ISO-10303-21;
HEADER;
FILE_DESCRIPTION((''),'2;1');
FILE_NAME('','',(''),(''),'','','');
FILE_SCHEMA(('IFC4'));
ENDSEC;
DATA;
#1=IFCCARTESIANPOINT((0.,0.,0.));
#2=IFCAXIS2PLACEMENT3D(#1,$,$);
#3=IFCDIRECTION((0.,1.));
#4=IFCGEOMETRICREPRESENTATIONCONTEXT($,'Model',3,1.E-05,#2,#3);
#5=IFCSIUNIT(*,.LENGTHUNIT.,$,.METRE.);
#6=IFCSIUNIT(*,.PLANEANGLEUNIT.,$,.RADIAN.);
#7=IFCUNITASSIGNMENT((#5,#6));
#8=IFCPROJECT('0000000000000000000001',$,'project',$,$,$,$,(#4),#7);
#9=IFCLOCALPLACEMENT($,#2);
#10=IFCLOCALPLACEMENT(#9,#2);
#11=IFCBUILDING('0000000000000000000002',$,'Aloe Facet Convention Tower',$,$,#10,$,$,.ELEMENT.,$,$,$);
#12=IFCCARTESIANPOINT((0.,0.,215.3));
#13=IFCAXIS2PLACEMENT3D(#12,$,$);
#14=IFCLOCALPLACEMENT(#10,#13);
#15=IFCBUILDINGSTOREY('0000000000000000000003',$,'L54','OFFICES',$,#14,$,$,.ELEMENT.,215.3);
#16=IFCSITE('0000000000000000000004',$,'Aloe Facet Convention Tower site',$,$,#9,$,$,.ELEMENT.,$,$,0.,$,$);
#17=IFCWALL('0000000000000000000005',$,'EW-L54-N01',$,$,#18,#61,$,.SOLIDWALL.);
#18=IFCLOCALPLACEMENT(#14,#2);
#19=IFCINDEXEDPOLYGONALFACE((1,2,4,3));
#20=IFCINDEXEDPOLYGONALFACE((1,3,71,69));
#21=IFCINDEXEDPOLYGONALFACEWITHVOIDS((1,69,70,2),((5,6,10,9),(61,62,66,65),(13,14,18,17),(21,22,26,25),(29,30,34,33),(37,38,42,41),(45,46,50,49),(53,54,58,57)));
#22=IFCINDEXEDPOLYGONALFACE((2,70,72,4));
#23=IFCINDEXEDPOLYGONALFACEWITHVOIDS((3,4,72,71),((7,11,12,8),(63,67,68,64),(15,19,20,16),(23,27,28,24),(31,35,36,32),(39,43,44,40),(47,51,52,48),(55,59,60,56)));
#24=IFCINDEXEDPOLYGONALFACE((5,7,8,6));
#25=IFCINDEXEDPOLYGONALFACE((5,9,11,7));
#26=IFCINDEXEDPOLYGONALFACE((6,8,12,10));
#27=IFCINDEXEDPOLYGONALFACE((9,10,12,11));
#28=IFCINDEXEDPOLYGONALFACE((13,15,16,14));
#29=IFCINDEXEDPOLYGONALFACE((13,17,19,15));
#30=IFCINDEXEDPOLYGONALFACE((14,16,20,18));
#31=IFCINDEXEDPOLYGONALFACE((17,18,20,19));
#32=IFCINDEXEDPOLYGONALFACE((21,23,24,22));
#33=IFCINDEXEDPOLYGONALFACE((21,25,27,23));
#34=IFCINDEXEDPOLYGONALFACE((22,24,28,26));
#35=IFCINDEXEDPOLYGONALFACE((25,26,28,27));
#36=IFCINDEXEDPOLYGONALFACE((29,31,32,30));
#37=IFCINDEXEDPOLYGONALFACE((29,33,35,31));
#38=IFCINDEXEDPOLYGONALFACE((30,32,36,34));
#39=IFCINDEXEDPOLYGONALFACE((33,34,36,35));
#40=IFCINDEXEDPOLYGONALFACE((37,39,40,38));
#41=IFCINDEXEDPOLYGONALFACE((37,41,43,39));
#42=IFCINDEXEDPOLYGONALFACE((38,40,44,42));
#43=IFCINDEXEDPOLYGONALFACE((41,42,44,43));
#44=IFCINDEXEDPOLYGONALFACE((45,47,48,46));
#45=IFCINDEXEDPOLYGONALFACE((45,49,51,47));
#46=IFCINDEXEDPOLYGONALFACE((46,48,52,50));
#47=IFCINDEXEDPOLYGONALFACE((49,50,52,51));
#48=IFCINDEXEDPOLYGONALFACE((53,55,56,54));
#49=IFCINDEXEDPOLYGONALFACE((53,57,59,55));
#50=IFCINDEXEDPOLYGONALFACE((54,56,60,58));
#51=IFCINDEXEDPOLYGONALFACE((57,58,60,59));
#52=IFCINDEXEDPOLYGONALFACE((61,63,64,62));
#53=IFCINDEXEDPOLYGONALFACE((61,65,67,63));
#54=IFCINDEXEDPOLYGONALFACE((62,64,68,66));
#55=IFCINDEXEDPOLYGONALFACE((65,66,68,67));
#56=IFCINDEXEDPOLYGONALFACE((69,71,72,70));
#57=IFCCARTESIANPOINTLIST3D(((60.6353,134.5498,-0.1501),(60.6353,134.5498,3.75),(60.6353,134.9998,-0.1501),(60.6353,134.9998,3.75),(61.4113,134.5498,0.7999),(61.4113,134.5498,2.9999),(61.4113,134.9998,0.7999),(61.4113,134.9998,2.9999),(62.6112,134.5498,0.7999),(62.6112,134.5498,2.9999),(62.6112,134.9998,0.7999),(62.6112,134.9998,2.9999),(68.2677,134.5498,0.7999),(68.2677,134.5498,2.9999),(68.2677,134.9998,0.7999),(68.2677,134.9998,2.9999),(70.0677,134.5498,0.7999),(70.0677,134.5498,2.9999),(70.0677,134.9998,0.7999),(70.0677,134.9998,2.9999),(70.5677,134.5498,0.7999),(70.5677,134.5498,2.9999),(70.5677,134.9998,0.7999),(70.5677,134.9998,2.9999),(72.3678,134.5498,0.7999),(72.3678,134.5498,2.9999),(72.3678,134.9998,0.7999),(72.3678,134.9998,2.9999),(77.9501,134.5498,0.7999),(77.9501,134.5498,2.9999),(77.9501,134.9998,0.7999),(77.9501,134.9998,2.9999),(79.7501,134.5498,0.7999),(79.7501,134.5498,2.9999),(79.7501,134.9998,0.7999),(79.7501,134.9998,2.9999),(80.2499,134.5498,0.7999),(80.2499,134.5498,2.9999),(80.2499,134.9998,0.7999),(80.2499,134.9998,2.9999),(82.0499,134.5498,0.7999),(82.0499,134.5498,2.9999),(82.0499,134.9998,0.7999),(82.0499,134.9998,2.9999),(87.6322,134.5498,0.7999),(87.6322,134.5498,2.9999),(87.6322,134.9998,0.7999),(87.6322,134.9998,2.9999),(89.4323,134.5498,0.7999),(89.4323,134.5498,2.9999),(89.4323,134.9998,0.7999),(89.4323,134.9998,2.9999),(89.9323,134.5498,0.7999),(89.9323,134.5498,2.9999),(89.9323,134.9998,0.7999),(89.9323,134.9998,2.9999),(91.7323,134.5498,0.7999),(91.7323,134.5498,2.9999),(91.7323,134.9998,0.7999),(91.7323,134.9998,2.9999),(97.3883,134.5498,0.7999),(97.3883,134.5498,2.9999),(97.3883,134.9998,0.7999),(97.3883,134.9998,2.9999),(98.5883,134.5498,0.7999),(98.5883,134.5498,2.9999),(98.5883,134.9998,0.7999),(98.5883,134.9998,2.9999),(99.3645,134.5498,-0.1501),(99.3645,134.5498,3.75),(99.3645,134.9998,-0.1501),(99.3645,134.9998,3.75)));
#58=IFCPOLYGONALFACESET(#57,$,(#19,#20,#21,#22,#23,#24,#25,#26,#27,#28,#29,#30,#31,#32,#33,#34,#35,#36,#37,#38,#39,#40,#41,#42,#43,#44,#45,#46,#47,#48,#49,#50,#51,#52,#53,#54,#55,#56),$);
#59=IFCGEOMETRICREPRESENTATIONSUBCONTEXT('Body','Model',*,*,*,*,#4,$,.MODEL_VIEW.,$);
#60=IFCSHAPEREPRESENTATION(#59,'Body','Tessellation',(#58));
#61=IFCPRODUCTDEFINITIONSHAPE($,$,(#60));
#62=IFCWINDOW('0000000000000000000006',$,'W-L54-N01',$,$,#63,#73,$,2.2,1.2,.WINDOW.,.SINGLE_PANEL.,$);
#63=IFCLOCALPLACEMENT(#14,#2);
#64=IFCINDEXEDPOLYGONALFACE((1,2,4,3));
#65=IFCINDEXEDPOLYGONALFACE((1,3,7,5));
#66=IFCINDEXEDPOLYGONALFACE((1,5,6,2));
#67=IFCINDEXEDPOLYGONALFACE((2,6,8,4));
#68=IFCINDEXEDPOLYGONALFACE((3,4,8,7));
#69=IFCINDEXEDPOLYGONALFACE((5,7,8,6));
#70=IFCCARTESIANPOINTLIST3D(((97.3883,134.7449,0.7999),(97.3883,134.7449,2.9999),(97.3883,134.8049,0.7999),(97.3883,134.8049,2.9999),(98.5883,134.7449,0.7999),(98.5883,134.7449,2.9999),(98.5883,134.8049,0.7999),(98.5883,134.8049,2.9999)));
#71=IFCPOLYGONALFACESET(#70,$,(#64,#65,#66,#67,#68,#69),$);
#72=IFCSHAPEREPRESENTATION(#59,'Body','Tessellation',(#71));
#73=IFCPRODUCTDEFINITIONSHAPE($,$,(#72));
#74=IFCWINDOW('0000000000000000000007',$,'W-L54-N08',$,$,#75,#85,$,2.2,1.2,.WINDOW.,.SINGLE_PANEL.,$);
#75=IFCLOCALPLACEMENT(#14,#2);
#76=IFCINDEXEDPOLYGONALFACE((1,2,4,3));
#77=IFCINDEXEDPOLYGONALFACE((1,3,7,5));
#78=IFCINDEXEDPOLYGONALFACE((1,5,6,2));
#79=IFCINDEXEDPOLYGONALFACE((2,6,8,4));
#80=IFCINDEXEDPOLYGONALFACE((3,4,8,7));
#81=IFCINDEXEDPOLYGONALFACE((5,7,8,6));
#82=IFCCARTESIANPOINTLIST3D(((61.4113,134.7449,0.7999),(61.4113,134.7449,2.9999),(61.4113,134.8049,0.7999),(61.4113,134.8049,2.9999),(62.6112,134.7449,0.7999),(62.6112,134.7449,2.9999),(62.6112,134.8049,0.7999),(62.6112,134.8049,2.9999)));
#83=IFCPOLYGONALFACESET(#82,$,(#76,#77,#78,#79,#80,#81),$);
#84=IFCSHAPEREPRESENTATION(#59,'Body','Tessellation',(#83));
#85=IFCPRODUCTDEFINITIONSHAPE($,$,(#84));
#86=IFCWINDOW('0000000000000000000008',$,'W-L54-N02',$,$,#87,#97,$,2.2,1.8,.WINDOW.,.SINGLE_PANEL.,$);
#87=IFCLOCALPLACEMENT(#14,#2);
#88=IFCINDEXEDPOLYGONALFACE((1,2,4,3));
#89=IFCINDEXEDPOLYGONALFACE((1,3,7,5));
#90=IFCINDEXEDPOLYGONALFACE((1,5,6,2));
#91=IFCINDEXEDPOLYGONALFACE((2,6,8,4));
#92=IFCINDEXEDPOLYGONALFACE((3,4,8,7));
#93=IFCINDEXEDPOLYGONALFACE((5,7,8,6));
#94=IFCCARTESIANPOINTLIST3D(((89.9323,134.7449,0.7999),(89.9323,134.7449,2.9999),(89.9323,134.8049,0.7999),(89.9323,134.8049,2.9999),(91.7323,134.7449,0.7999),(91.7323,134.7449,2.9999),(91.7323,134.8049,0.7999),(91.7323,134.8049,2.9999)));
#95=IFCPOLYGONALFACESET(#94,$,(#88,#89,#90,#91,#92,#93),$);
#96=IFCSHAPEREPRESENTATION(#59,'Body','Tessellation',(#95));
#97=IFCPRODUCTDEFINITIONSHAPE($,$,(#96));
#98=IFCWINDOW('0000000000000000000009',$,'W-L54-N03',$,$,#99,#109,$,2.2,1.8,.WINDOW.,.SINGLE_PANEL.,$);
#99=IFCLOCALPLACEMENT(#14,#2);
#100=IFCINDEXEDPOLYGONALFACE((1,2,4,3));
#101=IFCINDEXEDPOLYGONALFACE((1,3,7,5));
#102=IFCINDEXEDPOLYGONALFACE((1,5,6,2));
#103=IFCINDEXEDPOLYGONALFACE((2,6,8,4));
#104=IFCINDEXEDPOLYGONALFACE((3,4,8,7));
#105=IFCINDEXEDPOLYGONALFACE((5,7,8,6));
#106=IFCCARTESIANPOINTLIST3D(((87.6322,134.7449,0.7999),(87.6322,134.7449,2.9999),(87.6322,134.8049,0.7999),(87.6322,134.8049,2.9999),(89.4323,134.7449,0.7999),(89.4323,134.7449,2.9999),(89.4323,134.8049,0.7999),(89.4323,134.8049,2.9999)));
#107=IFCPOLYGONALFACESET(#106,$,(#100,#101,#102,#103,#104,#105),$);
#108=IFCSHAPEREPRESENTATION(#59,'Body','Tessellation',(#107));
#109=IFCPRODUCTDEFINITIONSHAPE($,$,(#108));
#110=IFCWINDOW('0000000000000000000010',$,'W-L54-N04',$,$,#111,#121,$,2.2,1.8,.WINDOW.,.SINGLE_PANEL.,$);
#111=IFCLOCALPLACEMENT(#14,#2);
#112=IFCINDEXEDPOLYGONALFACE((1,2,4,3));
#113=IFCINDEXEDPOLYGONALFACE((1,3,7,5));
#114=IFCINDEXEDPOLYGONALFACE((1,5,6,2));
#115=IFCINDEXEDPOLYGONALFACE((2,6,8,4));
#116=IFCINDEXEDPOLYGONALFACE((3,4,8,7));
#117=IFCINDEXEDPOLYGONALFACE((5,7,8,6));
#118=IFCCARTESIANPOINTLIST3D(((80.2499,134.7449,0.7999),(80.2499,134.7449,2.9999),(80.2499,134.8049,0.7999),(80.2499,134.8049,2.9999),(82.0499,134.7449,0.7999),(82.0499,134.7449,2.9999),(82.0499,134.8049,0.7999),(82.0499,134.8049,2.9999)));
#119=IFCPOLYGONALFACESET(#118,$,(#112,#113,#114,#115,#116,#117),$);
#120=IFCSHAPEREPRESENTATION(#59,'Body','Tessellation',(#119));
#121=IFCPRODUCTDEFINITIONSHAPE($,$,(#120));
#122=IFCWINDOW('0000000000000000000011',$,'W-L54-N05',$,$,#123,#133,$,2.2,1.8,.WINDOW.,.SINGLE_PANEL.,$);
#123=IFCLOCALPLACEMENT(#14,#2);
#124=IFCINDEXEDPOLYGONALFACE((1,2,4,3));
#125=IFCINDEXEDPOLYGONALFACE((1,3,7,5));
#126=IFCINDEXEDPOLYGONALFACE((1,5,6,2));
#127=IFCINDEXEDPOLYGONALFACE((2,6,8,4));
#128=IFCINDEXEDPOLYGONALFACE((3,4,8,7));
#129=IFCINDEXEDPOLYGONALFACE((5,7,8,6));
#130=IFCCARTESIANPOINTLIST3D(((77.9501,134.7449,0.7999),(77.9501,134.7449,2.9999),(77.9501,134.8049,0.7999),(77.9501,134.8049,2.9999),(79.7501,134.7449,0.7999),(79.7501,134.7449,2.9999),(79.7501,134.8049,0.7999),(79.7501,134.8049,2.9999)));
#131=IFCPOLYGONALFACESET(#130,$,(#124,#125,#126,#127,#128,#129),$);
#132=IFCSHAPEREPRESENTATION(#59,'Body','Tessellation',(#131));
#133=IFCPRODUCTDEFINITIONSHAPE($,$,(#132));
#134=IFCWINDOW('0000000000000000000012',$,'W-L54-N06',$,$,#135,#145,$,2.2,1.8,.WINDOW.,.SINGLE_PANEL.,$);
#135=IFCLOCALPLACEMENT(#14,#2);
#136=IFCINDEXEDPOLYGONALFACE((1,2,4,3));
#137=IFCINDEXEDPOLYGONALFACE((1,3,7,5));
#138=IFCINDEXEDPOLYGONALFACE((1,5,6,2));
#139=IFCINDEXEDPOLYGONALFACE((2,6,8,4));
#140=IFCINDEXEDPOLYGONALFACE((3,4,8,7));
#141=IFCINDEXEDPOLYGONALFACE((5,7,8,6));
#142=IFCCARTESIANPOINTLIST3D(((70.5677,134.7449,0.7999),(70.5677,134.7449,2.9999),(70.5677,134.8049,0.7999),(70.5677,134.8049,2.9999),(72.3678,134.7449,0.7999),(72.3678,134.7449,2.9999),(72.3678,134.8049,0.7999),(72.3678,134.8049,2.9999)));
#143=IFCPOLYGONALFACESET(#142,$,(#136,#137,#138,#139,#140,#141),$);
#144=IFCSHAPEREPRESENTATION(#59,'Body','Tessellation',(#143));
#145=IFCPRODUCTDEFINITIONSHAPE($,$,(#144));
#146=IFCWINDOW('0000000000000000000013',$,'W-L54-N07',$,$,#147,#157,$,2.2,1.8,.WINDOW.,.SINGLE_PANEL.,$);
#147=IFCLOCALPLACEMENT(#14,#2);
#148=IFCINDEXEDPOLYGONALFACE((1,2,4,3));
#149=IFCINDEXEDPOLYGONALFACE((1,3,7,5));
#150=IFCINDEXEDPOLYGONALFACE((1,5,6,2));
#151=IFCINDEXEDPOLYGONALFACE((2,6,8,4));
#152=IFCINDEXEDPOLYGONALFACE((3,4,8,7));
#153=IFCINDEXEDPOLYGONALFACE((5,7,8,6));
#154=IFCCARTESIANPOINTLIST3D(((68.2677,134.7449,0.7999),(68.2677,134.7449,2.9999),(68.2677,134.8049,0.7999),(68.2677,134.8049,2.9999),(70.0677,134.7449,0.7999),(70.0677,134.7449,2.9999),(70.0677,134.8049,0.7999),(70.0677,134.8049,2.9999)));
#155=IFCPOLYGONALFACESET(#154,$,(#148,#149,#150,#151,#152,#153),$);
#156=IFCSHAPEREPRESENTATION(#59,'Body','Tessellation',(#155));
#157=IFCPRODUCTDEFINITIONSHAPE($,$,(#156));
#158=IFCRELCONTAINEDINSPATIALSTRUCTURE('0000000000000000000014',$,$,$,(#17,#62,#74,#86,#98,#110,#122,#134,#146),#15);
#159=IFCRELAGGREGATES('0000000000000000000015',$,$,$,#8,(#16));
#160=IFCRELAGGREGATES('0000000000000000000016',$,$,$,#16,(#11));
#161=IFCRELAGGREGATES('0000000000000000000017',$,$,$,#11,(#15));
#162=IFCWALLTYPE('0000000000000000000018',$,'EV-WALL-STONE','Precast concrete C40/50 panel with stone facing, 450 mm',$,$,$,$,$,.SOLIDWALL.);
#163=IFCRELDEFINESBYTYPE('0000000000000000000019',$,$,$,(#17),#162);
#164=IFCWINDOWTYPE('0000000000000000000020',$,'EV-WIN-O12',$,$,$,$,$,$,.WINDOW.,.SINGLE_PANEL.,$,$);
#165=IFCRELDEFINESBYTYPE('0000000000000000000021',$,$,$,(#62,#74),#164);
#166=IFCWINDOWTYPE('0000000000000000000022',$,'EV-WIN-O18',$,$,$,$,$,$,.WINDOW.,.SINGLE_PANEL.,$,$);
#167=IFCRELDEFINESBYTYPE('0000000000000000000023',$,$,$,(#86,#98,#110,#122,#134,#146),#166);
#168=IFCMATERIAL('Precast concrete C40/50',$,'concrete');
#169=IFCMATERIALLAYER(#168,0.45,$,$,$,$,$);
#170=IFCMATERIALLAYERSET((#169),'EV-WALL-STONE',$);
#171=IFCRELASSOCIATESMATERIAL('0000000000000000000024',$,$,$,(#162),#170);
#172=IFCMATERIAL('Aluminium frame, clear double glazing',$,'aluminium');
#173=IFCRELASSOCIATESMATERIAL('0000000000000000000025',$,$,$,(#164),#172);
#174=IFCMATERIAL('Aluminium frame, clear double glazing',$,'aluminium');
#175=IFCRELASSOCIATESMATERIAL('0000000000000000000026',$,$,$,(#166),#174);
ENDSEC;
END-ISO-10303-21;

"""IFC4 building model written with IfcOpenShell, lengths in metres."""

from ifc_helpers import new_model, si_unit, direction, frame, frame_2d, origin, place, context, subcontext, project, spatial, polyline, rectangle, outline, extrude, material, layer, layer_set, type_object, element, fill, save


model = new_model("IFC4")

# Units and contexts
model_context = context("Model", 3, precision=1e-05, world=origin(), true_north=direction((0.0, 1.0)))
body_context = subcontext(model_context, "Body", "Model", "MODEL_VIEW")
ifc_project = project(units=[si_unit("LENGTHUNIT", "METRE"), si_unit("PLANEANGLEUNIT", "RADIAN")], contexts=[model_context])

# Site, building, storey
site_placement = place(None, origin())
site = spatial("IfcSite", under=ifc_project, at=site_placement, Name="Aloe Facet Convention Tower site", CompositionType="ELEMENT", RefElevation=0.0)
building_placement = place(site_placement, origin())
building = spatial("IfcBuilding", under=site, at=building_placement, Name="Aloe Facet Convention Tower", CompositionType="ELEMENT")
storey_placement = place(building_placement, frame((0.0, 0.0, 215.3)))
storey = spatial("IfcBuildingStorey", under=building, at=storey_placement, Name="L54", Description="OFFICES", CompositionType="ELEMENT", Elevation=215.3)

# Wall, openings, windows
ifc_material_1 = material(Name="Precast concrete C40/50", Category="concrete")
ifc_layer_1 = layer(ifc_material_1, 0.45)
ifc_layer_set_1 = layer_set([ifc_layer_1], Name="EV-WALL-STONE")
wall_type_1 = type_object("IfcWallType", Name="EV-WALL-STONE", Description="Precast concrete C40/50 panel with stone facing, 450 mm", PredefinedType="SOLIDWALL", material=ifc_layer_set_1)
wall_1_placement = place(storey_placement, frame((99.3645, 134.7749, -0.1501), z_axis=(0.0, 0.0, 1.0), x_axis=(-1.0, 0.0, 0.0)))
wall_1 = element("IfcWall", 1, at=wall_1_placement, inside=storey, type_object=wall_type_1, Name="EW-L54-N01", PredefinedType="SOLIDWALL", context=body_context, shape_type="SweptSolid", body=[
    extrude(outline(polyline([(38.7292, 0.0), (38.7292, 3.9001), (0.0, 3.9001), (0.0, 0.0), (38.7292, 0.0)])), frame((0.0, 0.2251, 0.0), z_axis=(0.0, -1.0, 0.0), x_axis=(1.0, 0.0, 0.0)), (0.0, 0.0, 1.0), 0.45),
])
opening_1_placement = place(wall_1_placement, frame((0.7761, 0.0, 0.95)))
opening_1 = element("IfcOpeningElement", 2, at=opening_1_placement, cuts=wall_1, PredefinedType="OPENING", context=body_context, shape_type="SweptSolid", body=[
    extrude(rectangle(XDim=1.2, YDim=2.2, at=frame_2d((0.6001, 1.1001))), frame((0.0, 0.2349, 0.0), z_axis=(0.0, -1.0, 0.0), x_axis=(1.0, 0.0, 0.0)), (0.0, 0.0, 1.0), 0.47),
])
opening_2_placement = place(wall_1_placement, frame((7.6323, 0.0, 0.95)))
opening_2 = element("IfcOpeningElement", 3, at=opening_2_placement, cuts=wall_1, PredefinedType="OPENING", context=body_context, shape_type="SweptSolid", body=[
    extrude(rectangle(XDim=1.8, YDim=2.2, at=frame_2d((0.8999, 1.1001))), frame((0.0, 0.2349, 0.0), z_axis=(0.0, -1.0, 0.0), x_axis=(1.0, 0.0, 0.0)), (0.0, 0.0, 1.0), 0.47),
])
opening_3_placement = place(wall_1_placement, frame((9.9324, 0.0, 0.95)))
opening_3 = element("IfcOpeningElement", 4, at=opening_3_placement, cuts=wall_1, PredefinedType="OPENING", context=body_context, shape_type="SweptSolid", body=[
    extrude(rectangle(XDim=1.8, YDim=2.2, at=frame_2d((0.8999, 1.1001))), frame((0.0, 0.2349, 0.0), z_axis=(0.0, -1.0, 0.0), x_axis=(1.0, 0.0, 0.0)), (0.0, 0.0, 1.0), 0.47),
])
opening_4_placement = place(wall_1_placement, frame((17.3147, 0.0, 0.95)))
opening_4 = element("IfcOpeningElement", 5, at=opening_4_placement, cuts=wall_1, PredefinedType="OPENING", context=body_context, shape_type="SweptSolid", body=[
    extrude(rectangle(XDim=1.8, YDim=2.2, at=frame_2d((0.8999, 1.1001))), frame((0.0, 0.2349, 0.0), z_axis=(0.0, -1.0, 0.0), x_axis=(1.0, 0.0, 0.0)), (0.0, 0.0, 1.0), 0.47),
])
opening_5_placement = place(wall_1_placement, frame((19.6145, 0.0, 0.95)))
opening_5 = element("IfcOpeningElement", 6, at=opening_5_placement, cuts=wall_1, PredefinedType="OPENING", context=body_context, shape_type="SweptSolid", body=[
    extrude(rectangle(XDim=1.8, YDim=2.2, at=frame_2d((0.8999, 1.1001))), frame((0.0, 0.2349, 0.0), z_axis=(0.0, -1.0, 0.0), x_axis=(1.0, 0.0, 0.0)), (0.0, 0.0, 1.0), 0.47),
])
opening_6_placement = place(wall_1_placement, frame((26.9968, 0.0, 0.95)))
opening_6 = element("IfcOpeningElement", 7, at=opening_6_placement, cuts=wall_1, PredefinedType="OPENING", context=body_context, shape_type="SweptSolid", body=[
    extrude(rectangle(XDim=1.8, YDim=2.2, at=frame_2d((0.8999, 1.1001))), frame((0.0, 0.2349, 0.0), z_axis=(0.0, -1.0, 0.0), x_axis=(1.0, 0.0, 0.0)), (0.0, 0.0, 1.0), 0.47),
])
opening_7_placement = place(wall_1_placement, frame((29.2969, 0.0, 0.95)))
opening_7 = element("IfcOpeningElement", 8, at=opening_7_placement, cuts=wall_1, PredefinedType="OPENING", context=body_context, shape_type="SweptSolid", body=[
    extrude(rectangle(XDim=1.8, YDim=2.2, at=frame_2d((0.8999, 1.1001))), frame((0.0, 0.2349, 0.0), z_axis=(0.0, -1.0, 0.0), x_axis=(1.0, 0.0, 0.0)), (0.0, 0.0, 1.0), 0.47),
])
opening_8_placement = place(wall_1_placement, frame((36.7532, 0.0, 0.95)))
opening_8 = element("IfcOpeningElement", 9, at=opening_8_placement, cuts=wall_1, PredefinedType="OPENING", context=body_context, shape_type="SweptSolid", body=[
    extrude(rectangle(XDim=1.2, YDim=2.2, at=frame_2d((0.6001, 1.1001))), frame((0.0, 0.2349, 0.0), z_axis=(0.0, -1.0, 0.0), x_axis=(1.0, 0.0, 0.0)), (0.0, 0.0, 1.0), 0.47),
])
ifc_material_2 = material(Name="Aluminium frame, clear double glazing", Category="aluminium")
window_type_1 = type_object("IfcWindowType", Name="EV-WIN-O12", PartitioningType="SINGLE_PANEL", PredefinedType="WINDOW", material=ifc_material_2)
window_1_placement = place(opening_1_placement, origin())
window_1 = element("IfcWindow", 10, at=window_1_placement, inside=storey, type_object=window_type_1, Name="W-L54-N01", OverallHeight=2.2, OverallWidth=1.2, PartitioningType="SINGLE_PANEL", PredefinedType="WINDOW", context=body_context, shape_type="SweptSolid", body=[
    extrude(rectangle(XDim=1.2, YDim=2.2, at=frame_2d((0.6001, 1.1001))), frame((0.0, 0.03, 0.0), z_axis=(0.0, -1.0, 0.0), x_axis=(1.0, 0.0, 0.0)), (0.0, 0.0, 1.0), 0.0601),
])
fill(opening_1, window_1)
window_2_placement = place(opening_8_placement, origin())
window_2 = element("IfcWindow", 11, at=window_2_placement, inside=storey, type_object=window_type_1, Name="W-L54-N08", OverallHeight=2.2, OverallWidth=1.2, PartitioningType="SINGLE_PANEL", PredefinedType="WINDOW", context=body_context, shape_type="SweptSolid", body=[
    extrude(rectangle(XDim=1.2, YDim=2.2, at=frame_2d((0.6001, 1.1001))), frame((0.0, 0.03, 0.0), z_axis=(0.0, -1.0, 0.0), x_axis=(1.0, 0.0, 0.0)), (0.0, 0.0, 1.0), 0.0601),
])
fill(opening_8, window_2)
ifc_material_3 = material(Name="Aluminium frame, clear double glazing", Category="aluminium")
window_type_2 = type_object("IfcWindowType", Name="EV-WIN-O18", PartitioningType="SINGLE_PANEL", PredefinedType="WINDOW", material=ifc_material_3)
window_3_placement = place(opening_2_placement, origin())
window_3 = element("IfcWindow", 12, at=window_3_placement, inside=storey, type_object=window_type_2, Name="W-L54-N02", OverallHeight=2.2, OverallWidth=1.8, PartitioningType="SINGLE_PANEL", PredefinedType="WINDOW", context=body_context, shape_type="SweptSolid", body=[
    extrude(rectangle(XDim=1.8, YDim=2.2, at=frame_2d((0.8999, 1.1001))), frame((0.0, 0.03, 0.0), z_axis=(0.0, -1.0, 0.0), x_axis=(1.0, 0.0, 0.0)), (0.0, 0.0, 1.0), 0.0601),
])
fill(opening_2, window_3)
window_4_placement = place(opening_3_placement, origin())
window_4 = element("IfcWindow", 13, at=window_4_placement, inside=storey, type_object=window_type_2, Name="W-L54-N03", OverallHeight=2.2, OverallWidth=1.8, PartitioningType="SINGLE_PANEL", PredefinedType="WINDOW", context=body_context, shape_type="SweptSolid", body=[
    extrude(rectangle(XDim=1.8, YDim=2.2, at=frame_2d((0.8999, 1.1001))), frame((0.0, 0.03, 0.0), z_axis=(0.0, -1.0, 0.0), x_axis=(1.0, 0.0, 0.0)), (0.0, 0.0, 1.0), 0.0601),
])
fill(opening_3, window_4)
window_5_placement = place(opening_4_placement, origin())
window_5 = element("IfcWindow", 14, at=window_5_placement, inside=storey, type_object=window_type_2, Name="W-L54-N04", OverallHeight=2.2, OverallWidth=1.8, PartitioningType="SINGLE_PANEL", PredefinedType="WINDOW", context=body_context, shape_type="SweptSolid", body=[
    extrude(rectangle(XDim=1.8, YDim=2.2, at=frame_2d((0.8999, 1.1001))), frame((0.0, 0.03, 0.0), z_axis=(0.0, -1.0, 0.0), x_axis=(1.0, 0.0, 0.0)), (0.0, 0.0, 1.0), 0.0601),
])
fill(opening_4, window_5)
window_6_placement = place(opening_5_placement, origin())
window_6 = element("IfcWindow", 15, at=window_6_placement, inside=storey, type_object=window_type_2, Name="W-L54-N05", OverallHeight=2.2, OverallWidth=1.8, PartitioningType="SINGLE_PANEL", PredefinedType="WINDOW", context=body_context, shape_type="SweptSolid", body=[
    extrude(rectangle(XDim=1.8, YDim=2.2, at=frame_2d((0.8999, 1.1001))), frame((0.0, 0.03, 0.0), z_axis=(0.0, -1.0, 0.0), x_axis=(1.0, 0.0, 0.0)), (0.0, 0.0, 1.0), 0.0601),
])
fill(opening_5, window_6)
window_7_placement = place(opening_6_placement, origin())
window_7 = element("IfcWindow", 16, at=window_7_placement, inside=storey, type_object=window_type_2, Name="W-L54-N06", OverallHeight=2.2, OverallWidth=1.8, PartitioningType="SINGLE_PANEL", PredefinedType="WINDOW", context=body_context, shape_type="SweptSolid", body=[
    extrude(rectangle(XDim=1.8, YDim=2.2, at=frame_2d((0.8999, 1.1001))), frame((0.0, 0.03, 0.0), z_axis=(0.0, -1.0, 0.0), x_axis=(1.0, 0.0, 0.0)), (0.0, 0.0, 1.0), 0.0601),
])
fill(opening_6, window_7)
window_8_placement = place(opening_7_placement, origin())
window_8 = element("IfcWindow", 17, at=window_8_placement, inside=storey, type_object=window_type_2, Name="W-L54-N07", OverallHeight=2.2, OverallWidth=1.8, PartitioningType="SINGLE_PANEL", PredefinedType="WINDOW", context=body_context, shape_type="SweptSolid", body=[
    extrude(rectangle(XDim=1.8, YDim=2.2, at=frame_2d((0.8999, 1.1001))), frame((0.0, 0.03, 0.0), z_axis=(0.0, -1.0, 0.0), x_axis=(1.0, 0.0, 0.0)), (0.0, 0.0, 1.0), 0.0601),
])
fill(opening_7, window_8)

save(model, "model.ifc")
